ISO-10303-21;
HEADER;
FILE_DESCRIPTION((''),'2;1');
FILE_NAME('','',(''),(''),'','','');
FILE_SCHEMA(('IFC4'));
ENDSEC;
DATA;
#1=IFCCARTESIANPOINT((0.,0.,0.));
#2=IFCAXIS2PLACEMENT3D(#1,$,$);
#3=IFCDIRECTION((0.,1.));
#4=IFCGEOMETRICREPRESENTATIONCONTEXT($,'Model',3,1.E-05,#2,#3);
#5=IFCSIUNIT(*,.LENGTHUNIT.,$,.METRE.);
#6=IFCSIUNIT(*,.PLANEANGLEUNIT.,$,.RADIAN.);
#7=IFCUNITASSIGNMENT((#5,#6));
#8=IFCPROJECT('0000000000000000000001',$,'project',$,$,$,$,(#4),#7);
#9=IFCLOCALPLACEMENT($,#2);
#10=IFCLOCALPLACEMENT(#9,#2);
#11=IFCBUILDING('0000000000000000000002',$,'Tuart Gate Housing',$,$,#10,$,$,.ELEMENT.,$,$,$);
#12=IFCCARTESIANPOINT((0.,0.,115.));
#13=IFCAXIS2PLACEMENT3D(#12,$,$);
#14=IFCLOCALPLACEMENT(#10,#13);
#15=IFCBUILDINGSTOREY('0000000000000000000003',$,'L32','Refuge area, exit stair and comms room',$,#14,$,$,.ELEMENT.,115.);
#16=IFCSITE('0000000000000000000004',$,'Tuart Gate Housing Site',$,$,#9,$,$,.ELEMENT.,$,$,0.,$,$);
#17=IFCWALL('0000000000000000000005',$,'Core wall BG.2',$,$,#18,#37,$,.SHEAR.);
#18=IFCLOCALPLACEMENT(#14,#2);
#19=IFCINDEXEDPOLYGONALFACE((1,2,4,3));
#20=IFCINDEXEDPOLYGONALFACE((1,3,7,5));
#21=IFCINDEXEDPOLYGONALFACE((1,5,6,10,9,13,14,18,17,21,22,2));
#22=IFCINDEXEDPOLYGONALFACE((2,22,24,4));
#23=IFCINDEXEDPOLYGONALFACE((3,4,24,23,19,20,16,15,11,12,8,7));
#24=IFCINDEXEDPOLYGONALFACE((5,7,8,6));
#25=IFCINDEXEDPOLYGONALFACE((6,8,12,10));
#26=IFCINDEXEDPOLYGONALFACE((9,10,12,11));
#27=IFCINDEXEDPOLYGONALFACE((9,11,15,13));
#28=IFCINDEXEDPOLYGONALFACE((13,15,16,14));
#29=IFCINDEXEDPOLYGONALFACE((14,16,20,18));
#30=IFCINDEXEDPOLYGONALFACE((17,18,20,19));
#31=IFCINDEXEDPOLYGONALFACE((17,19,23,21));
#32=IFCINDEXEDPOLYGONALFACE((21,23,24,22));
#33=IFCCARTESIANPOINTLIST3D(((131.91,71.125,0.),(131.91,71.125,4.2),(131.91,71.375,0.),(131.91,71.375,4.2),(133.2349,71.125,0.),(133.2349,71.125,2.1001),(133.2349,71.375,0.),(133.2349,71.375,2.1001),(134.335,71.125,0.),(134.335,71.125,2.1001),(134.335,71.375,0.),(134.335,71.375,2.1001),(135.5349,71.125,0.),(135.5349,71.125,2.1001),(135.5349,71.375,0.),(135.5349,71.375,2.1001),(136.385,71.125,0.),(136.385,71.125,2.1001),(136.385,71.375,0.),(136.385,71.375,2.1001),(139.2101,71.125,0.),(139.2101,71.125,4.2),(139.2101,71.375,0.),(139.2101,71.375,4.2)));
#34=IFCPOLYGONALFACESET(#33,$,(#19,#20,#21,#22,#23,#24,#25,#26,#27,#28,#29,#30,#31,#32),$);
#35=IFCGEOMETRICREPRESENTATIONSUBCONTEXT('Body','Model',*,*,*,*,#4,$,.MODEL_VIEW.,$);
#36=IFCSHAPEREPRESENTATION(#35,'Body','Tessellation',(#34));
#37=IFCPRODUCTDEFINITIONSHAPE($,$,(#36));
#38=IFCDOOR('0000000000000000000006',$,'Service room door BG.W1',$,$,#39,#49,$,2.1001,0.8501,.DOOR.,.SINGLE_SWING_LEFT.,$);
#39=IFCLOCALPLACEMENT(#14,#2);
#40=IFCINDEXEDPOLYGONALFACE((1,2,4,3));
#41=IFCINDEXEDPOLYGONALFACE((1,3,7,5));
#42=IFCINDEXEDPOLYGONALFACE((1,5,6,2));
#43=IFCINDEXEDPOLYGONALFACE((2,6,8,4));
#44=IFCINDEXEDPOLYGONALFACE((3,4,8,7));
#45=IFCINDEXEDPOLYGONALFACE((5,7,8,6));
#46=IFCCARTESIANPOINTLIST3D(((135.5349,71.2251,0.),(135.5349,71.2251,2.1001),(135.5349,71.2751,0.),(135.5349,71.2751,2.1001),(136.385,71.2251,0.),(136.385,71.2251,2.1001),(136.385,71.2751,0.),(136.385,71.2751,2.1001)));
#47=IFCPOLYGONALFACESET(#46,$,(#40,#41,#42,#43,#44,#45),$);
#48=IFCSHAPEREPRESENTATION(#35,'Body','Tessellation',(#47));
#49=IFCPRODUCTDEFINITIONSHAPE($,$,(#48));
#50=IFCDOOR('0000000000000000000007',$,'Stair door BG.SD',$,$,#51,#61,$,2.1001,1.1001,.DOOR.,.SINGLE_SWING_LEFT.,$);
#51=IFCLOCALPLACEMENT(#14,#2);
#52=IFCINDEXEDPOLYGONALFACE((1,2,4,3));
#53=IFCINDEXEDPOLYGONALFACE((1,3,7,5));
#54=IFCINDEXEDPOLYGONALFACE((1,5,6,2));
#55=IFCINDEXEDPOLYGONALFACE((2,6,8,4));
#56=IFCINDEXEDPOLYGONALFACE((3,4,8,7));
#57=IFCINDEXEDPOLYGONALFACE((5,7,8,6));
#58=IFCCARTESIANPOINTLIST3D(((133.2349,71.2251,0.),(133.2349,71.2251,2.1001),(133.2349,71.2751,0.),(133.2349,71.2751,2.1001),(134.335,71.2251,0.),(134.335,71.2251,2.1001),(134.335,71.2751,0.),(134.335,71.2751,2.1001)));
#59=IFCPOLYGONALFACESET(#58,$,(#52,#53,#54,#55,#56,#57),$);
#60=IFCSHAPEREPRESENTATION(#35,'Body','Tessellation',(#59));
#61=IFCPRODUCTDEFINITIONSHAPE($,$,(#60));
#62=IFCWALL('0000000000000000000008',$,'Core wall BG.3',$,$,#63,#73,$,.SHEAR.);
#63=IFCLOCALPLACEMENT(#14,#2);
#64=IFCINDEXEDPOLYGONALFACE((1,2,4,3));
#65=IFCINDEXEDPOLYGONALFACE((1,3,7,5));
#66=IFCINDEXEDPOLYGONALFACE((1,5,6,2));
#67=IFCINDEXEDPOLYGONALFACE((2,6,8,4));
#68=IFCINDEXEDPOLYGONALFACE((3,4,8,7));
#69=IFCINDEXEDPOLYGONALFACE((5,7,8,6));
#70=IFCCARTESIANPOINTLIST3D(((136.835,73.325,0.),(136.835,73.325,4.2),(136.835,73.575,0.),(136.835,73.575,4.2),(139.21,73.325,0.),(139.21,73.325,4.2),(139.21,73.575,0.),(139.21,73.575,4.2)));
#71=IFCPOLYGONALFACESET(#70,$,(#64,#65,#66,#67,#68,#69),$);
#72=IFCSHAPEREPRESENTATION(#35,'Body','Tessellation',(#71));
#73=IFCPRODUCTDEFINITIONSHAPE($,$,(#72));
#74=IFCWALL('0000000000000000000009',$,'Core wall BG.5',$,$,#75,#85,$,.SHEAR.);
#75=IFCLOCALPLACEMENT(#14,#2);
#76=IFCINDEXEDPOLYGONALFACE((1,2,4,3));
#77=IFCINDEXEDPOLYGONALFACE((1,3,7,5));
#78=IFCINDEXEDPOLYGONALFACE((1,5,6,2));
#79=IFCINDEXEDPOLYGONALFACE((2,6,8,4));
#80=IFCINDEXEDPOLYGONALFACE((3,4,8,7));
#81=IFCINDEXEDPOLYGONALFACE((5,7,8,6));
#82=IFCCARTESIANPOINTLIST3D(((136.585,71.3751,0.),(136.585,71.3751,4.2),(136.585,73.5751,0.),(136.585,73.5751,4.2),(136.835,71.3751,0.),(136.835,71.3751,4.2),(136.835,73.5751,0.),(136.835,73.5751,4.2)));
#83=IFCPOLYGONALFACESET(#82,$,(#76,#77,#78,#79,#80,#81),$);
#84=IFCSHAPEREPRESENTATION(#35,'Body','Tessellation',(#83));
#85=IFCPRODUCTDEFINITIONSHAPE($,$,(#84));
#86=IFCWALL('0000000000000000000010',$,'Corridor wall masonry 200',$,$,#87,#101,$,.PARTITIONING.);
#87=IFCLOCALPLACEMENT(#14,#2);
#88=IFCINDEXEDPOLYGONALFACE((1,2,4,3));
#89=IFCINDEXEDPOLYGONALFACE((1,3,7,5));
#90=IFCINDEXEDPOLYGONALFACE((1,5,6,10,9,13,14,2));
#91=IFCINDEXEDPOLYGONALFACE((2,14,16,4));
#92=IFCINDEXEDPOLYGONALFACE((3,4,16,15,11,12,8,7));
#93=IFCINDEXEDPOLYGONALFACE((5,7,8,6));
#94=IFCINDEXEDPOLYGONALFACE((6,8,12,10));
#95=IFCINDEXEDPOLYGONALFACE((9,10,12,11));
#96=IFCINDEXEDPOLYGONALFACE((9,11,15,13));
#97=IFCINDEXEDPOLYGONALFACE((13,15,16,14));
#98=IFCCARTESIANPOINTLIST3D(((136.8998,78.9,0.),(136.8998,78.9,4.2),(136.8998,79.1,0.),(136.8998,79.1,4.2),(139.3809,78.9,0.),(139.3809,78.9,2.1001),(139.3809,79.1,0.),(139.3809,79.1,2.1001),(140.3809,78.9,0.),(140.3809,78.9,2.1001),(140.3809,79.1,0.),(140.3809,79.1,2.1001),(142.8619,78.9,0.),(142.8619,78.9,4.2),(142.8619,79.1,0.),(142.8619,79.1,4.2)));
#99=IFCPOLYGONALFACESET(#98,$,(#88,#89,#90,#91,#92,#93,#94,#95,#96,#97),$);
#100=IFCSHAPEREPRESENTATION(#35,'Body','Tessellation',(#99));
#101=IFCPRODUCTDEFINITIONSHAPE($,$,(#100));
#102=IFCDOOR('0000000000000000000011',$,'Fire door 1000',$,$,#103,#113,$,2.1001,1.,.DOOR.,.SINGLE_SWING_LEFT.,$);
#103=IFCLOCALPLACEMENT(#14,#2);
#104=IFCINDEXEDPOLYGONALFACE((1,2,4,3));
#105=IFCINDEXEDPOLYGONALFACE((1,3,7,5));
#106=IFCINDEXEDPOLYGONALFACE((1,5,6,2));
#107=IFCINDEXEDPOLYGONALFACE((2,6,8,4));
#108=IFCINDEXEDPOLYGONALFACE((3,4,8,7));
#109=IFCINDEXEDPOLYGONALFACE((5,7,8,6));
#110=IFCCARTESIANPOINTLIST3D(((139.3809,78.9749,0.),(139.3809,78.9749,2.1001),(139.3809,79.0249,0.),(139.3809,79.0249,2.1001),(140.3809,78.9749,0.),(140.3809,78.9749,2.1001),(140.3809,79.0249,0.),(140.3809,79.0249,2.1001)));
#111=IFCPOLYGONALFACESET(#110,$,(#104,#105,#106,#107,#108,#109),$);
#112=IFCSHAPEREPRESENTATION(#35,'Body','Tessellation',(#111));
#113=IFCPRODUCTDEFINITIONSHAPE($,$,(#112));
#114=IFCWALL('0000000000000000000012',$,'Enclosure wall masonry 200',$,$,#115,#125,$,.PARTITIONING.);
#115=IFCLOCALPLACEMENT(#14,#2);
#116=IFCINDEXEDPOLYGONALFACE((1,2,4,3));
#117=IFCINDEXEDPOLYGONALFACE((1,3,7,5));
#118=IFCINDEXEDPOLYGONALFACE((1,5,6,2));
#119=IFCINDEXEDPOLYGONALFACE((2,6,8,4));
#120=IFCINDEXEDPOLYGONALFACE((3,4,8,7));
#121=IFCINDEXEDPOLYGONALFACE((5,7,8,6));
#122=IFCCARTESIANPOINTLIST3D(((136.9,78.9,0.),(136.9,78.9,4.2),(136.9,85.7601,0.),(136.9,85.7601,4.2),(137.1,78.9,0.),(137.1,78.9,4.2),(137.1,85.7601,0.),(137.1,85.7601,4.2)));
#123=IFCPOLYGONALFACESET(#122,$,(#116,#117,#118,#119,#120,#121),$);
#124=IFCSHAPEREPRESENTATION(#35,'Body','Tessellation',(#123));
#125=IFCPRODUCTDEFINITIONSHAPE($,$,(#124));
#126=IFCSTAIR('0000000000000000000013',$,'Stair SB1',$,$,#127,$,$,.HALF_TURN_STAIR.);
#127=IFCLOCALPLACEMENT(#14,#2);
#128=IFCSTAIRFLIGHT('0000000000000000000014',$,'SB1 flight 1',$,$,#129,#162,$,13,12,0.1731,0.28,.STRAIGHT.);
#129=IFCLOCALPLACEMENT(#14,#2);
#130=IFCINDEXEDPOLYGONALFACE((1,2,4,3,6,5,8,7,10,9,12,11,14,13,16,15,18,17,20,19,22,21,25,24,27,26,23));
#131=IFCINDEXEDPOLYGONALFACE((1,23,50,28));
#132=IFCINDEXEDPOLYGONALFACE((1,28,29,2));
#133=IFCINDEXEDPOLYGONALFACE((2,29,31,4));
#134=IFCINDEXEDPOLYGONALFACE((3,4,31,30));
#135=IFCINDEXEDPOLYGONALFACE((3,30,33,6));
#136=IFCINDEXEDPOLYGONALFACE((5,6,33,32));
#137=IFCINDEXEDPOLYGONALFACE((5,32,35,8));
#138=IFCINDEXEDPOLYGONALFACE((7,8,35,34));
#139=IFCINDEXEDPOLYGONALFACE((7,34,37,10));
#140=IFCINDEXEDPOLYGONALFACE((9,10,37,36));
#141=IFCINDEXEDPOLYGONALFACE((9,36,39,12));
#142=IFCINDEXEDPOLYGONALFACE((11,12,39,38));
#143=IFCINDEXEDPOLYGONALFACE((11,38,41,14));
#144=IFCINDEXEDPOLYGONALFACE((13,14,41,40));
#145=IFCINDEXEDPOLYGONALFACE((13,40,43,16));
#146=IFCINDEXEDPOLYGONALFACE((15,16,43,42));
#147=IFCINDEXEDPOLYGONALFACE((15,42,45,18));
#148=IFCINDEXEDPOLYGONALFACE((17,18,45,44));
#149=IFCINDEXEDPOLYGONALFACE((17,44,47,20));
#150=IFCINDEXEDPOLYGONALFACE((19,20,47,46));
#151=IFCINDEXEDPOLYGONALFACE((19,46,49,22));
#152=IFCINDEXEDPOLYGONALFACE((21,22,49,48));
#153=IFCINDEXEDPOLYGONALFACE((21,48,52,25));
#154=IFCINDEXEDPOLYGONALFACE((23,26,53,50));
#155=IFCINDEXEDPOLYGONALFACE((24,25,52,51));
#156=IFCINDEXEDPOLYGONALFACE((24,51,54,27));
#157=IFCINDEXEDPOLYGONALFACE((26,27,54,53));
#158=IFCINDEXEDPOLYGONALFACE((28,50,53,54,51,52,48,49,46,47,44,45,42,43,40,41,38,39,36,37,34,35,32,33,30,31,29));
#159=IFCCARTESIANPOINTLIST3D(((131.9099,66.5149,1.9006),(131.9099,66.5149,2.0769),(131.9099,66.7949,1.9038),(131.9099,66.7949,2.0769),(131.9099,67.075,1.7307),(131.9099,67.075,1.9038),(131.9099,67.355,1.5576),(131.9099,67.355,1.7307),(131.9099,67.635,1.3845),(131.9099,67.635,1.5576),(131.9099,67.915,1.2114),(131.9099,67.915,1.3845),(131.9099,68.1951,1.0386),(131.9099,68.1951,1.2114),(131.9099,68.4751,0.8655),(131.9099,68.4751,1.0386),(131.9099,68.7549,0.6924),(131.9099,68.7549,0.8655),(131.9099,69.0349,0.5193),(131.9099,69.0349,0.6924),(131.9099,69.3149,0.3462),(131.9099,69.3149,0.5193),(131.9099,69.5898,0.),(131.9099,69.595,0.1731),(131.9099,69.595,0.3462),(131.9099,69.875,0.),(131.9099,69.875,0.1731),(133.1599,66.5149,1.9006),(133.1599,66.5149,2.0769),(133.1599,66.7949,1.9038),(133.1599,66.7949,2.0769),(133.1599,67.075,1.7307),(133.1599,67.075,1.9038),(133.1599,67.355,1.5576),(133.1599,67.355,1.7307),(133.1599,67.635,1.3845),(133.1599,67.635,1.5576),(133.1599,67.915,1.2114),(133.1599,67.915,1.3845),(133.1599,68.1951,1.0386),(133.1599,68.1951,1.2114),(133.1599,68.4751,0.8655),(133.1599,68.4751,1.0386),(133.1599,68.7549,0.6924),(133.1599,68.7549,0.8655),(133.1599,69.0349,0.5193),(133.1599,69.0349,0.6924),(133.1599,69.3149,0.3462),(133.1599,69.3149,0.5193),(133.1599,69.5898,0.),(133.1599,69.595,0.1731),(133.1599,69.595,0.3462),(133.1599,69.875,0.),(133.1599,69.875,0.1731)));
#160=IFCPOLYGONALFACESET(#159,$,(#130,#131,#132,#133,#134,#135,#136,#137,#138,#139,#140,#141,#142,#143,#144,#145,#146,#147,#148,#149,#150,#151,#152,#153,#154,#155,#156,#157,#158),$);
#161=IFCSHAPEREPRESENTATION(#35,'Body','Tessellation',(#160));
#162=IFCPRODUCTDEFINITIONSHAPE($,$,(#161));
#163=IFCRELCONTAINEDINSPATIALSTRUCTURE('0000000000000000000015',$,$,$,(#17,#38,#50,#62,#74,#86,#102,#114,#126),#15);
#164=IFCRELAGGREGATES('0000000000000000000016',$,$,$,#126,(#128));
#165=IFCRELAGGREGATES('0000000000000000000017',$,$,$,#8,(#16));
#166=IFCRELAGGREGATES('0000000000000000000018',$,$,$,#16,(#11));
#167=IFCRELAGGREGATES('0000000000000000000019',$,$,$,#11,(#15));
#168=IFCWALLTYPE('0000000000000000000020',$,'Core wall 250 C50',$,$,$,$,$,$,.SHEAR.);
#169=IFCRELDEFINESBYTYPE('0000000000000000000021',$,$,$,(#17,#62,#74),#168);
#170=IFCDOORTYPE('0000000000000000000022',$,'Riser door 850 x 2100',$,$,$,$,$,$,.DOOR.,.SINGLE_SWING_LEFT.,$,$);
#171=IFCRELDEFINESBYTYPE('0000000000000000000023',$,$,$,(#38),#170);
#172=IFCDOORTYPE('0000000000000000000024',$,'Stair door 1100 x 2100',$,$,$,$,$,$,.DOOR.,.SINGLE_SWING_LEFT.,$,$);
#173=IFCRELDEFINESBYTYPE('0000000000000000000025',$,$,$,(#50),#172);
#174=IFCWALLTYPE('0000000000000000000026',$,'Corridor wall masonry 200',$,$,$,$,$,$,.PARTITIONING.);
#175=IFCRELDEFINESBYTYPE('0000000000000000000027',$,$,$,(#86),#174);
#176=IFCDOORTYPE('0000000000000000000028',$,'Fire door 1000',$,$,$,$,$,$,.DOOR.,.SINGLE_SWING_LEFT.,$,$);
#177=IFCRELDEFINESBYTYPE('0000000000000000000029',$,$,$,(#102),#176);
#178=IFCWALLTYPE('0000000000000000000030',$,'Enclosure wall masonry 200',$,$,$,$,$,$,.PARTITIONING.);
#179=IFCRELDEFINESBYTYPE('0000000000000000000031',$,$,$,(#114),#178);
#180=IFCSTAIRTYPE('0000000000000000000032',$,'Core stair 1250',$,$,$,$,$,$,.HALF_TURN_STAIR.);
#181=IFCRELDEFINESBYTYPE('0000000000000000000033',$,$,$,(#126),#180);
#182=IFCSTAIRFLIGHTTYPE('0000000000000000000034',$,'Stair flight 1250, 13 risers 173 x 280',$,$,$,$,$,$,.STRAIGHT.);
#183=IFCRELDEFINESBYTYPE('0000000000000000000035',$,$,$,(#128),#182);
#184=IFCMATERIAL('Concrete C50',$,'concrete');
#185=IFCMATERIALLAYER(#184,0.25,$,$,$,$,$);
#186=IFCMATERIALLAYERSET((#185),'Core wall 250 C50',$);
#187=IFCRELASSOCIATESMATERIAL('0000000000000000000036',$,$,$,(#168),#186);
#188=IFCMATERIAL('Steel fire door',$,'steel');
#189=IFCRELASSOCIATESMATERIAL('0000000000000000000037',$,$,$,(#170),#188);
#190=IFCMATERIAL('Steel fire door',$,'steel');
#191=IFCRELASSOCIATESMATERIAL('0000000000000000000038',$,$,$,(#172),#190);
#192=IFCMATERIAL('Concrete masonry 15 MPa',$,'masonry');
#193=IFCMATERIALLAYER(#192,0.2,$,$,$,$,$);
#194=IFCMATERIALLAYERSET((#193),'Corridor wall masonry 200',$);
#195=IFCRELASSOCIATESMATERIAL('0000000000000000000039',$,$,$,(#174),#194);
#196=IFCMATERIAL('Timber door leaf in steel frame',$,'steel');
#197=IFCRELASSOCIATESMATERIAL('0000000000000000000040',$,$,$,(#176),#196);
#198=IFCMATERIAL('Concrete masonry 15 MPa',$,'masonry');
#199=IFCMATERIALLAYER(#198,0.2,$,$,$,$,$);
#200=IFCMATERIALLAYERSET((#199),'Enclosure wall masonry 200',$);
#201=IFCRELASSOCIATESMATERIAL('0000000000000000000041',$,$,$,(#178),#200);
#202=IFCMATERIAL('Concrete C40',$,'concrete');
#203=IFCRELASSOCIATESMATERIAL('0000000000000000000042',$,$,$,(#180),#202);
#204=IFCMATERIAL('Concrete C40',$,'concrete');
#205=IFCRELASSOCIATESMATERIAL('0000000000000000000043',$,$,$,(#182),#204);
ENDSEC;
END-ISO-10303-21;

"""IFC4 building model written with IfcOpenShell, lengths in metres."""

from ifc_helpers import new_model, si_unit, direction, frame, frame_2d, origin, place, context, subcontext, project, spatial, polyline, rectangle, outline, extrude, material, layer, layer_set, type_object, element, fill, aggregate, save


model = new_model("IFC4")

# Units and contexts
model_context = context("Model", 3, precision=1e-05, world=origin(), true_north=direction((0.0, 1.0)))
body_context = subcontext(model_context, "Body", "Model", "MODEL_VIEW")
ifc_project = project(units=[si_unit("LENGTHUNIT", "METRE"), si_unit("PLANEANGLEUNIT", "RADIAN")], contexts=[model_context])

# Site, building, storey
site_placement = place(None, origin())
site = spatial("IfcSite", under=ifc_project, at=site_placement, Name="Tuart Gate Housing Site", CompositionType="ELEMENT", RefElevation=0.0)
building_placement = place(site_placement, origin())
building = spatial("IfcBuilding", under=site, at=building_placement, Name="Tuart Gate Housing", CompositionType="ELEMENT")
storey_placement = place(building_placement, frame((0.0, 0.0, 115.0)))
storey = spatial("IfcBuildingStorey", under=building, at=storey_placement, Name="L32", Description="Refuge area, exit stair and comms room", CompositionType="ELEMENT", Elevation=115.0)

# Wall, openings, doors
ifc_material_1 = material(Name="Concrete C50", Category="concrete")
ifc_layer_1 = layer(ifc_material_1, 0.25)
ifc_layer_set_1 = layer_set([ifc_layer_1], Name="Core wall 250 C50")
wall_type_1 = type_object("IfcWallType", Name="Core wall 250 C50", PredefinedType="SHEAR", material=ifc_layer_set_1)
wall_1_placement = place(storey_placement, frame((139.21, 71.25, 0.0), z_axis=(0.0, 0.0, 1.0), x_axis=(-1.0, 0.0, 0.0)))
wall_1 = element("IfcWall", 1, at=wall_1_placement, inside=storey, type_object=wall_type_1, Name="Core wall BG.2", PredefinedType="SHEAR", context=body_context, shape_type="SweptSolid", body=[
    extrude(rectangle(XDim=7.3, YDim=0.25, at=frame_2d((3.6499, 0.0))), origin(), (0.0, 0.0, 1.0), 4.2),
])
opening_1_placement = place(wall_1_placement, frame((4.875, 0.0, 0.0)))
opening_1 = element("IfcOpeningElement", 2, at=opening_1_placement, cuts=wall_1, PredefinedType="OPENING", context=body_context, shape_type="SweptSolid", body=[
    extrude(rectangle(XDim=1.1001, YDim=2.1001, at=frame_2d((0.55, 1.05))), frame((0.0, 0.135, 0.0), z_axis=(0.0, -1.0, 0.0), x_axis=(1.0, 0.0, 0.0)), (0.0, 0.0, 1.0), 0.27),
])
opening_2_placement = place(wall_1_placement, frame((2.825, 0.0, 0.0)))
opening_2 = element("IfcOpeningElement", 3, at=opening_2_placement, cuts=wall_1, PredefinedType="OPENING", context=body_context, shape_type="SweptSolid", body=[
    extrude(rectangle(XDim=0.8501, YDim=2.1001, at=frame_2d((0.425, 1.05))), frame((0.0, 0.135, 0.0), z_axis=(0.0, -1.0, 0.0), x_axis=(1.0, 0.0, 0.0)), (0.0, 0.0, 1.0), 0.27),
])
ifc_material_2 = material(Name="Steel fire door", Category="steel")
door_type_1 = type_object("IfcDoorType", Name="Riser door 850 x 2100", OperationType="SINGLE_SWING_LEFT", PredefinedType="DOOR", material=ifc_material_2)
door_1_placement = place(opening_2_placement, origin())
door_1 = element("IfcDoor", 4, at=door_1_placement, inside=storey, type_object=door_type_1, Name="Service room door BG.W1", OperationType="SINGLE_SWING_LEFT", OverallHeight=2.1001, OverallWidth=0.8501, PredefinedType="DOOR", context=body_context, shape_type="SweptSolid", body=[
    extrude(rectangle(XDim=0.8501, YDim=2.1001, at=frame_2d((0.425, 1.05))), frame((0.0, 0.0249, 0.0), z_axis=(0.0, -1.0, 0.0), x_axis=(1.0, 0.0, 0.0)), (0.0, 0.0, 1.0), 0.05),
])
fill(opening_2, door_1)
ifc_material_3 = material(Name="Steel fire door", Category="steel")
door_type_2 = type_object("IfcDoorType", Name="Stair door 1100 x 2100", OperationType="SINGLE_SWING_LEFT", PredefinedType="DOOR", material=ifc_material_3)
door_2_placement = place(opening_1_placement, origin())
door_2 = element("IfcDoor", 5, at=door_2_placement, inside=storey, type_object=door_type_2, Name="Stair door BG.SD", OperationType="SINGLE_SWING_LEFT", OverallHeight=2.1001, OverallWidth=1.1001, PredefinedType="DOOR", context=body_context, shape_type="SweptSolid", body=[
    extrude(rectangle(XDim=1.1001, YDim=2.1001, at=frame_2d((0.55, 1.05))), frame((0.0, 0.0249, 0.0), z_axis=(0.0, -1.0, 0.0), x_axis=(1.0, 0.0, 0.0)), (0.0, 0.0, 1.0), 0.05),
])
fill(opening_1, door_2)

# Walls
wall_2_placement = place(storey_placement, frame((139.21, 73.45, 0.0), z_axis=(0.0, 0.0, 1.0), x_axis=(-1.0, 0.0, 0.0)))
element("IfcWall", 6, at=wall_2_placement, inside=storey, type_object=wall_type_1, Name="Core wall BG.3", PredefinedType="SHEAR", context=body_context, shape_type="SweptSolid", body=[
    extrude(rectangle(XDim=2.375, YDim=0.25, at=frame_2d((1.1875, 0.0))), origin(), (0.0, 0.0, 1.0), 4.2),
])
wall_3_placement = place(storey_placement, frame((136.71, 71.375, 0.0), z_axis=(0.0, 0.0, 1.0), x_axis=(0.0, 1.0, 0.0)))
element("IfcWall", 7, at=wall_3_placement, inside=storey, type_object=wall_type_1, Name="Core wall BG.5", PredefinedType="SHEAR", context=body_context, shape_type="SweptSolid", body=[
    extrude(rectangle(XDim=2.2, YDim=0.25, at=frame_2d((1.1001, 0.0))), origin(), (0.0, 0.0, 1.0), 4.2),
])

# Wall, opening, door
ifc_material_4 = material(Name="Concrete masonry 15 MPa", Category="masonry")
ifc_layer_2 = layer(ifc_material_4, 0.2)
ifc_layer_set_2 = layer_set([ifc_layer_2], Name="Corridor wall masonry 200")
wall_type_2 = type_object("IfcWallType", Name="Corridor wall masonry 200", PredefinedType="PARTITIONING", material=ifc_layer_set_2)
wall_4_placement = place(storey_placement, frame((136.8999, 79.0, 0.0), z_axis=(0.0, 0.0, 1.0), x_axis=(1.0, 0.0, 0.0)))
wall_4 = element("IfcWall", 8, at=wall_4_placement, inside=storey, type_object=wall_type_2, Name="Corridor wall masonry 200", PredefinedType="PARTITIONING", context=body_context, shape_type="SweptSolid", body=[
    extrude(rectangle(XDim=5.9622, YDim=0.2, at=frame_2d((2.981, 0.0))), origin(), (0.0, 0.0, 1.0), 4.2),
])
opening_3_placement = place(wall_4_placement, frame((2.481, 0.0, 0.0)))
opening_3 = element("IfcOpeningElement", 9, at=opening_3_placement, cuts=wall_4, PredefinedType="OPENING", context=body_context, shape_type="SweptSolid", body=[
    extrude(rectangle(XDim=1.0, YDim=2.1001, at=frame_2d((0.5, 1.05))), frame((0.0, 0.1099, 0.0), z_axis=(0.0, -1.0, 0.0), x_axis=(1.0, 0.0, 0.0)), (0.0, 0.0, 1.0), 0.22),
])
ifc_material_5 = material(Name="Timber door leaf in steel frame", Category="steel")
door_type_3 = type_object("IfcDoorType", Name="Fire door 1000", OperationType="SINGLE_SWING_LEFT", PredefinedType="DOOR", material=ifc_material_5)
door_3_placement = place(opening_3_placement, origin())
door_3 = element("IfcDoor", 10, at=door_3_placement, inside=storey, type_object=door_type_3, Name="Fire door 1000", OperationType="SINGLE_SWING_LEFT", OverallHeight=2.1001, OverallWidth=1.0, PredefinedType="DOOR", context=body_context, shape_type="SweptSolid", body=[
    extrude(rectangle(XDim=1.0, YDim=2.1001, at=frame_2d((0.5, 1.05))), frame((0.0, 0.0249, 0.0), z_axis=(0.0, -1.0, 0.0), x_axis=(1.0, 0.0, 0.0)), (0.0, 0.0, 1.0), 0.05),
])
fill(opening_3, door_3)

# Wall
ifc_material_6 = material(Name="Concrete masonry 15 MPa", Category="masonry")
ifc_layer_3 = layer(ifc_material_6, 0.2)
ifc_layer_set_3 = layer_set([ifc_layer_3], Name="Enclosure wall masonry 200")
wall_type_3 = type_object("IfcWallType", Name="Enclosure wall masonry 200", PredefinedType="PARTITIONING", material=ifc_layer_set_3)
wall_5_placement = place(storey_placement, frame((137.0, 78.8999, 0.0), z_axis=(0.0, 0.0, 1.0), x_axis=(0.0, 1.0, 0.0)))
element("IfcWall", 11, at=wall_5_placement, inside=storey, type_object=wall_type_3, Name="Enclosure wall masonry 200", PredefinedType="PARTITIONING", context=body_context, shape_type="SweptSolid", body=[
    extrude(rectangle(XDim=6.8601, YDim=0.2, at=frame_2d((3.4302, 0.0))), origin(), (0.0, 0.0, 1.0), 4.2),
])

# Stair, stair flight
ifc_material_7 = material(Name="Concrete C40", Category="concrete")
stair_type = type_object("IfcStairType", Name="Core stair 1250", PredefinedType="HALF_TURN_STAIR", material=ifc_material_7)
stair_placement = place(storey_placement, origin())
stair = element("IfcStair", 12, at=stair_placement, inside=storey, type_object=stair_type, Name="Stair SB1", PredefinedType="HALF_TURN_STAIR")
ifc_material_8 = material(Name="Concrete C40", Category="concrete")
stair_flight_type = type_object("IfcStairFlightType", Name="Stair flight 1250, 13 risers 173 x 280", PredefinedType="STRAIGHT", material=ifc_material_8)
stair_flight_placement = place(storey_placement, frame((132.5349, 69.875, 0.0), z_axis=(0.0, 0.0, 1.0), x_axis=(0.0, -1.0, 0.0)))
stair_flight = element("IfcStairFlight", 13, at=stair_flight_placement, type_object=stair_flight_type, Name="SB1 flight 1", NumberOfRisers=13, NumberOfTreads=12, PredefinedType="STRAIGHT", RiserHeight=0.1731, TreadLength=0.28, context=body_context, shape_type="SweptSolid", body=[
    extrude(outline(polyline([(0.0, 0.0), (0.0, 0.1731), (0.28, 0.1731), (0.28, 0.3462), (0.5601, 0.3462), (0.5601, 0.5193), (0.8401, 0.5193), (0.8401, 0.6924), (1.1201, 0.6924), (1.1201, 0.8655), (1.3999, 0.8655), (1.3999, 1.0386), (1.6799, 1.0386), (1.6799, 1.2114), (1.96, 1.2114), (1.96, 1.3845), (2.24, 1.3845), (2.24, 1.5576), (2.52, 1.5576), (2.52, 1.7307), (2.8, 1.7307), (2.8, 1.9038), (3.0801, 1.9038), (3.0801, 2.0769), (3.3601, 2.0769), (3.3601, 2.25), (3.3601, 1.9006), (0.2852, 0.0), (0.0, 0.0)])), frame((0.0, 0.625, 0.0), z_axis=(0.0, -1.0, 0.0), x_axis=(1.0, 0.0, 0.0)), (0.0, 0.0, 1.0), 1.25),
])
aggregate(stair, [stair_flight])

save(model, "model.ifc")
